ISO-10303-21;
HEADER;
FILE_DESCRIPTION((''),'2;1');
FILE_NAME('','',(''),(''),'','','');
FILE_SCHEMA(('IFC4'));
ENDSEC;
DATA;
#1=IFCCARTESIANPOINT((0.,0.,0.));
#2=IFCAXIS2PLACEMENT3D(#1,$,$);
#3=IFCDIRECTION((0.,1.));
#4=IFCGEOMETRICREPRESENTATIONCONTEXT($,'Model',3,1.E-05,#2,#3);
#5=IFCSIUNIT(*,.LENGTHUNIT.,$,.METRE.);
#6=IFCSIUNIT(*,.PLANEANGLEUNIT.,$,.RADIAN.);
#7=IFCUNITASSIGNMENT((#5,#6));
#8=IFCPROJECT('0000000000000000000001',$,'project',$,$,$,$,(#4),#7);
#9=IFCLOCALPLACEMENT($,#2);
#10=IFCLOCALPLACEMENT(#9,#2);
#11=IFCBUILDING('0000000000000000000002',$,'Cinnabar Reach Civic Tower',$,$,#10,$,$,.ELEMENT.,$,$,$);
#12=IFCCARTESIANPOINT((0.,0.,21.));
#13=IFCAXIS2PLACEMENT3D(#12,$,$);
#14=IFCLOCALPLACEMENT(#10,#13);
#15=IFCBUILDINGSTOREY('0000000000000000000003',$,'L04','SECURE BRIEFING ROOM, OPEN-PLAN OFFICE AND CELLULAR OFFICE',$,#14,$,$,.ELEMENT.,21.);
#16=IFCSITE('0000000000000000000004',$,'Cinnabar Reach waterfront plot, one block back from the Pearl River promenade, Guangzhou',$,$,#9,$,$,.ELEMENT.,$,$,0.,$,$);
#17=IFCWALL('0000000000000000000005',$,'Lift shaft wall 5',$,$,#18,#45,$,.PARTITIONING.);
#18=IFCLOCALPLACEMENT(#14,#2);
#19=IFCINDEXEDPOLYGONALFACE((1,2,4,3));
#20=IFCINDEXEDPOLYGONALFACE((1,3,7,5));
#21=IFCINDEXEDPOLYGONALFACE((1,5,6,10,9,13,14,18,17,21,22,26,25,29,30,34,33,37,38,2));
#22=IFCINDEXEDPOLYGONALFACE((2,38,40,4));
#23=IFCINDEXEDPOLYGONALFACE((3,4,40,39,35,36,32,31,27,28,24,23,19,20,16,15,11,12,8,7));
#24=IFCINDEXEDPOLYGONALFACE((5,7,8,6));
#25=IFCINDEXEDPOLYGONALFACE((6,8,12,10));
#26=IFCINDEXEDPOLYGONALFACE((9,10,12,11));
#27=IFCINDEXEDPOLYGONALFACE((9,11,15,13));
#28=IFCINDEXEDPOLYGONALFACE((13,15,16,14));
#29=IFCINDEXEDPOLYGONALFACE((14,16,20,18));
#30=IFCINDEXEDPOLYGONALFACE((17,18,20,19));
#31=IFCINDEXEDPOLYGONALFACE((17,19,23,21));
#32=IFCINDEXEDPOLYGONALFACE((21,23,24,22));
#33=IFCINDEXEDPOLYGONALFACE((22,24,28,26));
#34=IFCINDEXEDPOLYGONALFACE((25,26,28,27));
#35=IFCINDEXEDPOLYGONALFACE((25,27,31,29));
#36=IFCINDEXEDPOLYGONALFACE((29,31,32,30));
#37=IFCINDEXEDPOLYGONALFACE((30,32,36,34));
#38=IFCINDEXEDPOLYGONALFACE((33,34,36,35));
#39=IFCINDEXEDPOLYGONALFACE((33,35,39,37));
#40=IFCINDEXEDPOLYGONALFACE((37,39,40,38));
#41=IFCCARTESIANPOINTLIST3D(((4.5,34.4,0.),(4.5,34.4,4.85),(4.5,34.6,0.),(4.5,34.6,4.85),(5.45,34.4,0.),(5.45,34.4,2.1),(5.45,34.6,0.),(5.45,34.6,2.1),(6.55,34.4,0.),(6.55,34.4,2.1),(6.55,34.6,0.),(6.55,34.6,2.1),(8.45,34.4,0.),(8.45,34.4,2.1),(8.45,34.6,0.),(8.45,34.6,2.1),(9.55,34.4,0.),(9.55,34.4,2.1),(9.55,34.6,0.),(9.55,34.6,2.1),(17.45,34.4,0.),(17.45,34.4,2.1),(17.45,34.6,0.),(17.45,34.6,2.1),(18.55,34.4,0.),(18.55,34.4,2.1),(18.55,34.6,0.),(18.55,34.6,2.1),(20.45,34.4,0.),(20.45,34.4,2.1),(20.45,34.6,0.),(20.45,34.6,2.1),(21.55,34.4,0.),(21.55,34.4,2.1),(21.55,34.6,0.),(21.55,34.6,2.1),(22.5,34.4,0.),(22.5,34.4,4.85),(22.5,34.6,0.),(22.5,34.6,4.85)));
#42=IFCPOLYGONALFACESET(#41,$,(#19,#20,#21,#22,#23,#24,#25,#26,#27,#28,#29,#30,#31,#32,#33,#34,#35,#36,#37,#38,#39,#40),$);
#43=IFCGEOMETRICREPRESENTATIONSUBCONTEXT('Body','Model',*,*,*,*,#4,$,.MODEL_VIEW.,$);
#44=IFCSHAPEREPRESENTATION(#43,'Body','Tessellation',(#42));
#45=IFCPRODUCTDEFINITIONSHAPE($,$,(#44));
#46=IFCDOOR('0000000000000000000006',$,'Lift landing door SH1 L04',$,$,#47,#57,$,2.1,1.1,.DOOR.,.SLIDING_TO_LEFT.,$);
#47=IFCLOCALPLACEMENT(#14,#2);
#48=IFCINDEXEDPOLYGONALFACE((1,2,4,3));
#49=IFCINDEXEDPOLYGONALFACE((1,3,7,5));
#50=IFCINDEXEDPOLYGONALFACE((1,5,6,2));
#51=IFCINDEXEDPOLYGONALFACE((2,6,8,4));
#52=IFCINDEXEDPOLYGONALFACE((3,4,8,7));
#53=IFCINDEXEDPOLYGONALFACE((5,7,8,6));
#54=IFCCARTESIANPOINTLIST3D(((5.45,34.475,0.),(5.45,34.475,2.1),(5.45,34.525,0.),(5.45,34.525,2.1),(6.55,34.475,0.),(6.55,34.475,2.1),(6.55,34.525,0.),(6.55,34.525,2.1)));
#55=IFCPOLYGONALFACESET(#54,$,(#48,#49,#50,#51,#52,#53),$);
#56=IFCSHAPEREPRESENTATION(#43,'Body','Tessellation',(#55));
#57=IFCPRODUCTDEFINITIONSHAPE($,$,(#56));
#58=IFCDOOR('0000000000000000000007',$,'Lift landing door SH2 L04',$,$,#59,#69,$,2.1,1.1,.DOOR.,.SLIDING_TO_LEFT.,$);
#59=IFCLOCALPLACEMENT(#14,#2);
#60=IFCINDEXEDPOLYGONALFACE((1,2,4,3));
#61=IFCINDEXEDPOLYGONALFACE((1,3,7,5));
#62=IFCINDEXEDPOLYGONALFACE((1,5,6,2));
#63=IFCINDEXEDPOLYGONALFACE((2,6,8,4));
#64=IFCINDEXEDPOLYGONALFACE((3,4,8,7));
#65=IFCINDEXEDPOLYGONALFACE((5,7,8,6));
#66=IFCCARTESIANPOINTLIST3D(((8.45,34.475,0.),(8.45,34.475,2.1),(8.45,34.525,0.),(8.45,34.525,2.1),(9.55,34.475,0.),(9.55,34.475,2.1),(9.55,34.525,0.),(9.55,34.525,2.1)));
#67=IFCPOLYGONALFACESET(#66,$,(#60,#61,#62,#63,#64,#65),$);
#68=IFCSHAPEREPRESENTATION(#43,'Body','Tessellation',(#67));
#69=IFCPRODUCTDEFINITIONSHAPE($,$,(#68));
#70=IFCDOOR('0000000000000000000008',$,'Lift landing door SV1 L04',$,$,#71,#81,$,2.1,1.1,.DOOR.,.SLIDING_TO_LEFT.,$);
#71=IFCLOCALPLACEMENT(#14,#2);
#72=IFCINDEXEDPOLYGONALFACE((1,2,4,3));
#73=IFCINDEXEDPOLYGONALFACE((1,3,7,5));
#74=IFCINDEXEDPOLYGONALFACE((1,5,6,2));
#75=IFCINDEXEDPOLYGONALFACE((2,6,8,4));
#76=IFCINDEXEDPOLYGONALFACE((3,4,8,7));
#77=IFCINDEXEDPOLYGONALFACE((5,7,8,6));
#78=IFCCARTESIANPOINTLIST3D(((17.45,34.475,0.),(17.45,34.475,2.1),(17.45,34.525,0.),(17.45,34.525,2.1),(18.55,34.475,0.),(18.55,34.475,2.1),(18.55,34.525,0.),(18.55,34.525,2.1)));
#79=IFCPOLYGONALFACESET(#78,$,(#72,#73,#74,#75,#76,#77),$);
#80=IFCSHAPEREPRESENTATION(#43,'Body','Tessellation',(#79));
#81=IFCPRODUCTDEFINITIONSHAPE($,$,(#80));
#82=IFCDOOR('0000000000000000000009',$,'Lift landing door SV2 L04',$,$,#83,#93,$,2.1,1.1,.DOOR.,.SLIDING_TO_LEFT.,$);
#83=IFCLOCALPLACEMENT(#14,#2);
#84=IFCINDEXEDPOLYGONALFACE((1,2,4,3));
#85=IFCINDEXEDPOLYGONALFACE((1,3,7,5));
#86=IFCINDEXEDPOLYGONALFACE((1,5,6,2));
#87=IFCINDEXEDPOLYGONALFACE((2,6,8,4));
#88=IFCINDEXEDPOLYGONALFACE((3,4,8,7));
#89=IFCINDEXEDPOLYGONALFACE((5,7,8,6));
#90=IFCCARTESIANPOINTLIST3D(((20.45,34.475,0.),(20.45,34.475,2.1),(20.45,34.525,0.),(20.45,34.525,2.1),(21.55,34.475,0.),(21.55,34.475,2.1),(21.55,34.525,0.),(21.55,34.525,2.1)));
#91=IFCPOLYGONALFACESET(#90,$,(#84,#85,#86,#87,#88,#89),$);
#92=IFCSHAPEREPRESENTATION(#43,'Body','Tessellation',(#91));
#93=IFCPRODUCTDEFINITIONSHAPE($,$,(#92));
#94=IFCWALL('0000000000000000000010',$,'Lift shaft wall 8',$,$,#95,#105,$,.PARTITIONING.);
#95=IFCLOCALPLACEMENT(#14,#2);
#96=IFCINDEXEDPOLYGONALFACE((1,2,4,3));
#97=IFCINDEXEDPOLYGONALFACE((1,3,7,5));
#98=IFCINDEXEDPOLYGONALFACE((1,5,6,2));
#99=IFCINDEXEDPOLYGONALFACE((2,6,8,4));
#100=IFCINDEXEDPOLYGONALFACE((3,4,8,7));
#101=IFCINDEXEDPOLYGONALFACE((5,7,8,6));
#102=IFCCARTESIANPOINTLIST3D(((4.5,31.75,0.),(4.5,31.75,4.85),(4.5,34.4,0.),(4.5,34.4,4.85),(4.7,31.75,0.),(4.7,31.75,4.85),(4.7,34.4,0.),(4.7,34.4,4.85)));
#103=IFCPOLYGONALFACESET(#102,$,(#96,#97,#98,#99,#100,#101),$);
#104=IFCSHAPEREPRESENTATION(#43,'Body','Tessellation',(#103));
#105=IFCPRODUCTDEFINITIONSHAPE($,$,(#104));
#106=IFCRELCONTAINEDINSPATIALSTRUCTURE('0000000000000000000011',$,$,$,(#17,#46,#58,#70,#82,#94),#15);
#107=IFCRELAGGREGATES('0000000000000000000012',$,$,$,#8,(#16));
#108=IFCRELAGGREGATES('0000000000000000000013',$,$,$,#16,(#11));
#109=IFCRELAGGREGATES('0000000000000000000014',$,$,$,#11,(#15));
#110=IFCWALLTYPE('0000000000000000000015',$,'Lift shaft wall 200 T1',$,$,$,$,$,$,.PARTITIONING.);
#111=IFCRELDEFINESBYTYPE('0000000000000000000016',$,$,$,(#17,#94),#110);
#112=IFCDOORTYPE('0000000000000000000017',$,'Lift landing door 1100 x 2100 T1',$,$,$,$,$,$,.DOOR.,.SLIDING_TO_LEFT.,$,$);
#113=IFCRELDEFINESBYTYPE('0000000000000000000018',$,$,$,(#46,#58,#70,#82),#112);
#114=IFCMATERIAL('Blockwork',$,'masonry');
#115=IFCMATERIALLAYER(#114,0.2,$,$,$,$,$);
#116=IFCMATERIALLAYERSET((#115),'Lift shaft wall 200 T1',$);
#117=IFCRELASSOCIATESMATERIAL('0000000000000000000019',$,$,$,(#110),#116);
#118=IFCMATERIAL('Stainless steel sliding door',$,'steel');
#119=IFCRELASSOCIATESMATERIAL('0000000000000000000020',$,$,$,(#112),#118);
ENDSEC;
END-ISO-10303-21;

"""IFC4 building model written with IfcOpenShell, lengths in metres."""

from ifc_helpers import new_model, si_unit, direction, frame, frame_2d, origin, place, context, subcontext, project, spatial, rectangle, extrude, material, layer, layer_set, type_object, element, fill, save


model = new_model("IFC4")

# Units and contexts
model_context = context("Model", 3, precision=1e-05, world=origin(), true_north=direction((0.0, 1.0)))
body_context = subcontext(model_context, "Body", "Model", "MODEL_VIEW")
ifc_project = project(units=[si_unit("LENGTHUNIT", "METRE"), si_unit("PLANEANGLEUNIT", "RADIAN")], contexts=[model_context])

# Site, building, storey
site_placement = place(None, origin())
site = spatial("IfcSite", under=ifc_project, at=site_placement, Name="Cinnabar Reach waterfront plot, one block back from the Pearl River promenade, Guangzhou", CompositionType="ELEMENT", RefElevation=0.0)
building_placement = place(site_placement, origin())
building = spatial("IfcBuilding", under=site, at=building_placement, Name="Cinnabar Reach Civic Tower", CompositionType="ELEMENT")
storey_placement = place(building_placement, frame((0.0, 0.0, 21.0)))
storey = spatial("IfcBuildingStorey", under=building, at=storey_placement, Name="L04", Description="SECURE BRIEFING ROOM, OPEN-PLAN OFFICE AND CELLULAR OFFICE", CompositionType="ELEMENT", Elevation=21.0)

# Wall, openings, doors
ifc_material_1 = material(Name="Blockwork", Category="masonry")
ifc_layer_1 = layer(ifc_material_1, 0.2)
ifc_layer_set_1 = layer_set([ifc_layer_1], Name="Lift shaft wall 200 T1")
wall_type_1 = type_object("IfcWallType", Name="Lift shaft wall 200 T1", PredefinedType="PARTITIONING", material=ifc_layer_set_1)
wall_1_placement = place(storey_placement, frame((4.5, 34.5, 0.0), z_axis=(0.0, 0.0, 1.0), x_axis=(1.0, 0.0, 0.0)))
wall_1 = element("IfcWall", 1, at=wall_1_placement, inside=storey, type_object=wall_type_1, Name="Lift shaft wall 5", PredefinedType="PARTITIONING", context=body_context, shape_type="SweptSolid", body=[
    extrude(rectangle(XDim=18.0, YDim=0.2, at=frame_2d((9.0, 0.0))), origin(), (0.0, 0.0, 1.0), 4.85),
])
opening_1_placement = place(wall_1_placement, frame((0.95, 0.0, 0.0)))
opening_1 = element("IfcOpeningElement", 2, at=opening_1_placement, cuts=wall_1, PredefinedType="OPENING", context=body_context, shape_type="SweptSolid", body=[
    extrude(rectangle(XDim=1.1, YDim=2.1, at=frame_2d((0.55, 1.05))), frame((0.0, 0.11, 0.0), z_axis=(0.0, -1.0, 0.0), x_axis=(1.0, 0.0, 0.0)), (0.0, 0.0, 1.0), 0.22),
])
opening_2_placement = place(wall_1_placement, frame((3.95, 0.0, 0.0)))
opening_2 = element("IfcOpeningElement", 3, at=opening_2_placement, cuts=wall_1, PredefinedType="OPENING", context=body_context, shape_type="SweptSolid", body=[
    extrude(rectangle(XDim=1.1, YDim=2.1, at=frame_2d((0.55, 1.05))), frame((0.0, 0.11, 0.0), z_axis=(0.0, -1.0, 0.0), x_axis=(1.0, 0.0, 0.0)), (0.0, 0.0, 1.0), 0.22),
])
opening_3_placement = place(wall_1_placement, frame((12.95, 0.0, 0.0)))
opening_3 = element("IfcOpeningElement", 4, at=opening_3_placement, cuts=wall_1, PredefinedType="OPENING", context=body_context, shape_type="SweptSolid", body=[
    extrude(rectangle(XDim=1.1, YDim=2.1, at=frame_2d((0.55, 1.05))), frame((0.0, 0.11, 0.0), z_axis=(0.0, -1.0, 0.0), x_axis=(1.0, 0.0, 0.0)), (0.0, 0.0, 1.0), 0.22),
])
opening_4_placement = place(wall_1_placement, frame((15.95, 0.0, 0.0)))
opening_4 = element("IfcOpeningElement", 5, at=opening_4_placement, cuts=wall_1, PredefinedType="OPENING", context=body_context, shape_type="SweptSolid", body=[
    extrude(rectangle(XDim=1.1, YDim=2.1, at=frame_2d((0.55, 1.05))), frame((0.0, 0.11, 0.0), z_axis=(0.0, -1.0, 0.0), x_axis=(1.0, 0.0, 0.0)), (0.0, 0.0, 1.0), 0.22),
])
ifc_material_2 = material(Name="Stainless steel sliding door", Category="steel")
door_type_1 = type_object("IfcDoorType", Name="Lift landing door 1100 x 2100 T1", OperationType="SLIDING_TO_LEFT", PredefinedType="DOOR", material=ifc_material_2)
door_1_placement = place(opening_1_placement, origin())
door_1 = element("IfcDoor", 6, at=door_1_placement, inside=storey, type_object=door_type_1, Name="Lift landing door SH1 L04", OperationType="SLIDING_TO_LEFT", OverallHeight=2.1, OverallWidth=1.1, PredefinedType="DOOR", context=body_context, shape_type="SweptSolid", body=[
    extrude(rectangle(XDim=1.1, YDim=2.1, at=frame_2d((0.55, 1.05))), frame((0.0, 0.025, 0.0), z_axis=(0.0, -1.0, 0.0), x_axis=(1.0, 0.0, 0.0)), (0.0, 0.0, 1.0), 0.05),
])
fill(opening_1, door_1)
door_2_placement = place(opening_2_placement, origin())
door_2 = element("IfcDoor", 7, at=door_2_placement, inside=storey, type_object=door_type_1, Name="Lift landing door SH2 L04", OperationType="SLIDING_TO_LEFT", OverallHeight=2.1, OverallWidth=1.1, PredefinedType="DOOR", context=body_context, shape_type="SweptSolid", body=[
    extrude(rectangle(XDim=1.1, YDim=2.1, at=frame_2d((0.55, 1.05))), frame((0.0, 0.025, 0.0), z_axis=(0.0, -1.0, 0.0), x_axis=(1.0, 0.0, 0.0)), (0.0, 0.0, 1.0), 0.05),
])
fill(opening_2, door_2)
door_3_placement = place(opening_3_placement, origin())
door_3 = element("IfcDoor", 8, at=door_3_placement, inside=storey, type_object=door_type_1, Name="Lift landing door SV1 L04", OperationType="SLIDING_TO_LEFT", OverallHeight=2.1, OverallWidth=1.1, PredefinedType="DOOR", context=body_context, shape_type="SweptSolid", body=[
    extrude(rectangle(XDim=1.1, YDim=2.1, at=frame_2d((0.55, 1.05))), frame((0.0, 0.025, 0.0), z_axis=(0.0, -1.0, 0.0), x_axis=(1.0, 0.0, 0.0)), (0.0, 0.0, 1.0), 0.05),
])
fill(opening_3, door_3)
door_4_placement = place(opening_4_placement, origin())
door_4 = element("IfcDoor", 9, at=door_4_placement, inside=storey, type_object=door_type_1, Name="Lift landing door SV2 L04", OperationType="SLIDING_TO_LEFT", OverallHeight=2.1, OverallWidth=1.1, PredefinedType="DOOR", context=body_context, shape_type="SweptSolid", body=[
    extrude(rectangle(XDim=1.1, YDim=2.1, at=frame_2d((0.55, 1.05))), frame((0.0, 0.025, 0.0), z_axis=(0.0, -1.0, 0.0), x_axis=(1.0, 0.0, 0.0)), (0.0, 0.0, 1.0), 0.05),
])
fill(opening_4, door_4)

# Wall
wall_2_placement = place(storey_placement, frame((4.6, 31.75, 0.0), z_axis=(0.0, 0.0, 1.0), x_axis=(0.0, 1.0, 0.0)))
element("IfcWall", 10, at=wall_2_placement, inside=storey, type_object=wall_type_1, Name="Lift shaft wall 8", PredefinedType="PARTITIONING", context=body_context, shape_type="SweptSolid", body=[
    extrude(rectangle(XDim=2.65, YDim=0.2, at=frame_2d((1.325, 0.0))), origin(), (0.0, 0.0, 1.0), 4.85),
])

save(model, "model.ifc")
